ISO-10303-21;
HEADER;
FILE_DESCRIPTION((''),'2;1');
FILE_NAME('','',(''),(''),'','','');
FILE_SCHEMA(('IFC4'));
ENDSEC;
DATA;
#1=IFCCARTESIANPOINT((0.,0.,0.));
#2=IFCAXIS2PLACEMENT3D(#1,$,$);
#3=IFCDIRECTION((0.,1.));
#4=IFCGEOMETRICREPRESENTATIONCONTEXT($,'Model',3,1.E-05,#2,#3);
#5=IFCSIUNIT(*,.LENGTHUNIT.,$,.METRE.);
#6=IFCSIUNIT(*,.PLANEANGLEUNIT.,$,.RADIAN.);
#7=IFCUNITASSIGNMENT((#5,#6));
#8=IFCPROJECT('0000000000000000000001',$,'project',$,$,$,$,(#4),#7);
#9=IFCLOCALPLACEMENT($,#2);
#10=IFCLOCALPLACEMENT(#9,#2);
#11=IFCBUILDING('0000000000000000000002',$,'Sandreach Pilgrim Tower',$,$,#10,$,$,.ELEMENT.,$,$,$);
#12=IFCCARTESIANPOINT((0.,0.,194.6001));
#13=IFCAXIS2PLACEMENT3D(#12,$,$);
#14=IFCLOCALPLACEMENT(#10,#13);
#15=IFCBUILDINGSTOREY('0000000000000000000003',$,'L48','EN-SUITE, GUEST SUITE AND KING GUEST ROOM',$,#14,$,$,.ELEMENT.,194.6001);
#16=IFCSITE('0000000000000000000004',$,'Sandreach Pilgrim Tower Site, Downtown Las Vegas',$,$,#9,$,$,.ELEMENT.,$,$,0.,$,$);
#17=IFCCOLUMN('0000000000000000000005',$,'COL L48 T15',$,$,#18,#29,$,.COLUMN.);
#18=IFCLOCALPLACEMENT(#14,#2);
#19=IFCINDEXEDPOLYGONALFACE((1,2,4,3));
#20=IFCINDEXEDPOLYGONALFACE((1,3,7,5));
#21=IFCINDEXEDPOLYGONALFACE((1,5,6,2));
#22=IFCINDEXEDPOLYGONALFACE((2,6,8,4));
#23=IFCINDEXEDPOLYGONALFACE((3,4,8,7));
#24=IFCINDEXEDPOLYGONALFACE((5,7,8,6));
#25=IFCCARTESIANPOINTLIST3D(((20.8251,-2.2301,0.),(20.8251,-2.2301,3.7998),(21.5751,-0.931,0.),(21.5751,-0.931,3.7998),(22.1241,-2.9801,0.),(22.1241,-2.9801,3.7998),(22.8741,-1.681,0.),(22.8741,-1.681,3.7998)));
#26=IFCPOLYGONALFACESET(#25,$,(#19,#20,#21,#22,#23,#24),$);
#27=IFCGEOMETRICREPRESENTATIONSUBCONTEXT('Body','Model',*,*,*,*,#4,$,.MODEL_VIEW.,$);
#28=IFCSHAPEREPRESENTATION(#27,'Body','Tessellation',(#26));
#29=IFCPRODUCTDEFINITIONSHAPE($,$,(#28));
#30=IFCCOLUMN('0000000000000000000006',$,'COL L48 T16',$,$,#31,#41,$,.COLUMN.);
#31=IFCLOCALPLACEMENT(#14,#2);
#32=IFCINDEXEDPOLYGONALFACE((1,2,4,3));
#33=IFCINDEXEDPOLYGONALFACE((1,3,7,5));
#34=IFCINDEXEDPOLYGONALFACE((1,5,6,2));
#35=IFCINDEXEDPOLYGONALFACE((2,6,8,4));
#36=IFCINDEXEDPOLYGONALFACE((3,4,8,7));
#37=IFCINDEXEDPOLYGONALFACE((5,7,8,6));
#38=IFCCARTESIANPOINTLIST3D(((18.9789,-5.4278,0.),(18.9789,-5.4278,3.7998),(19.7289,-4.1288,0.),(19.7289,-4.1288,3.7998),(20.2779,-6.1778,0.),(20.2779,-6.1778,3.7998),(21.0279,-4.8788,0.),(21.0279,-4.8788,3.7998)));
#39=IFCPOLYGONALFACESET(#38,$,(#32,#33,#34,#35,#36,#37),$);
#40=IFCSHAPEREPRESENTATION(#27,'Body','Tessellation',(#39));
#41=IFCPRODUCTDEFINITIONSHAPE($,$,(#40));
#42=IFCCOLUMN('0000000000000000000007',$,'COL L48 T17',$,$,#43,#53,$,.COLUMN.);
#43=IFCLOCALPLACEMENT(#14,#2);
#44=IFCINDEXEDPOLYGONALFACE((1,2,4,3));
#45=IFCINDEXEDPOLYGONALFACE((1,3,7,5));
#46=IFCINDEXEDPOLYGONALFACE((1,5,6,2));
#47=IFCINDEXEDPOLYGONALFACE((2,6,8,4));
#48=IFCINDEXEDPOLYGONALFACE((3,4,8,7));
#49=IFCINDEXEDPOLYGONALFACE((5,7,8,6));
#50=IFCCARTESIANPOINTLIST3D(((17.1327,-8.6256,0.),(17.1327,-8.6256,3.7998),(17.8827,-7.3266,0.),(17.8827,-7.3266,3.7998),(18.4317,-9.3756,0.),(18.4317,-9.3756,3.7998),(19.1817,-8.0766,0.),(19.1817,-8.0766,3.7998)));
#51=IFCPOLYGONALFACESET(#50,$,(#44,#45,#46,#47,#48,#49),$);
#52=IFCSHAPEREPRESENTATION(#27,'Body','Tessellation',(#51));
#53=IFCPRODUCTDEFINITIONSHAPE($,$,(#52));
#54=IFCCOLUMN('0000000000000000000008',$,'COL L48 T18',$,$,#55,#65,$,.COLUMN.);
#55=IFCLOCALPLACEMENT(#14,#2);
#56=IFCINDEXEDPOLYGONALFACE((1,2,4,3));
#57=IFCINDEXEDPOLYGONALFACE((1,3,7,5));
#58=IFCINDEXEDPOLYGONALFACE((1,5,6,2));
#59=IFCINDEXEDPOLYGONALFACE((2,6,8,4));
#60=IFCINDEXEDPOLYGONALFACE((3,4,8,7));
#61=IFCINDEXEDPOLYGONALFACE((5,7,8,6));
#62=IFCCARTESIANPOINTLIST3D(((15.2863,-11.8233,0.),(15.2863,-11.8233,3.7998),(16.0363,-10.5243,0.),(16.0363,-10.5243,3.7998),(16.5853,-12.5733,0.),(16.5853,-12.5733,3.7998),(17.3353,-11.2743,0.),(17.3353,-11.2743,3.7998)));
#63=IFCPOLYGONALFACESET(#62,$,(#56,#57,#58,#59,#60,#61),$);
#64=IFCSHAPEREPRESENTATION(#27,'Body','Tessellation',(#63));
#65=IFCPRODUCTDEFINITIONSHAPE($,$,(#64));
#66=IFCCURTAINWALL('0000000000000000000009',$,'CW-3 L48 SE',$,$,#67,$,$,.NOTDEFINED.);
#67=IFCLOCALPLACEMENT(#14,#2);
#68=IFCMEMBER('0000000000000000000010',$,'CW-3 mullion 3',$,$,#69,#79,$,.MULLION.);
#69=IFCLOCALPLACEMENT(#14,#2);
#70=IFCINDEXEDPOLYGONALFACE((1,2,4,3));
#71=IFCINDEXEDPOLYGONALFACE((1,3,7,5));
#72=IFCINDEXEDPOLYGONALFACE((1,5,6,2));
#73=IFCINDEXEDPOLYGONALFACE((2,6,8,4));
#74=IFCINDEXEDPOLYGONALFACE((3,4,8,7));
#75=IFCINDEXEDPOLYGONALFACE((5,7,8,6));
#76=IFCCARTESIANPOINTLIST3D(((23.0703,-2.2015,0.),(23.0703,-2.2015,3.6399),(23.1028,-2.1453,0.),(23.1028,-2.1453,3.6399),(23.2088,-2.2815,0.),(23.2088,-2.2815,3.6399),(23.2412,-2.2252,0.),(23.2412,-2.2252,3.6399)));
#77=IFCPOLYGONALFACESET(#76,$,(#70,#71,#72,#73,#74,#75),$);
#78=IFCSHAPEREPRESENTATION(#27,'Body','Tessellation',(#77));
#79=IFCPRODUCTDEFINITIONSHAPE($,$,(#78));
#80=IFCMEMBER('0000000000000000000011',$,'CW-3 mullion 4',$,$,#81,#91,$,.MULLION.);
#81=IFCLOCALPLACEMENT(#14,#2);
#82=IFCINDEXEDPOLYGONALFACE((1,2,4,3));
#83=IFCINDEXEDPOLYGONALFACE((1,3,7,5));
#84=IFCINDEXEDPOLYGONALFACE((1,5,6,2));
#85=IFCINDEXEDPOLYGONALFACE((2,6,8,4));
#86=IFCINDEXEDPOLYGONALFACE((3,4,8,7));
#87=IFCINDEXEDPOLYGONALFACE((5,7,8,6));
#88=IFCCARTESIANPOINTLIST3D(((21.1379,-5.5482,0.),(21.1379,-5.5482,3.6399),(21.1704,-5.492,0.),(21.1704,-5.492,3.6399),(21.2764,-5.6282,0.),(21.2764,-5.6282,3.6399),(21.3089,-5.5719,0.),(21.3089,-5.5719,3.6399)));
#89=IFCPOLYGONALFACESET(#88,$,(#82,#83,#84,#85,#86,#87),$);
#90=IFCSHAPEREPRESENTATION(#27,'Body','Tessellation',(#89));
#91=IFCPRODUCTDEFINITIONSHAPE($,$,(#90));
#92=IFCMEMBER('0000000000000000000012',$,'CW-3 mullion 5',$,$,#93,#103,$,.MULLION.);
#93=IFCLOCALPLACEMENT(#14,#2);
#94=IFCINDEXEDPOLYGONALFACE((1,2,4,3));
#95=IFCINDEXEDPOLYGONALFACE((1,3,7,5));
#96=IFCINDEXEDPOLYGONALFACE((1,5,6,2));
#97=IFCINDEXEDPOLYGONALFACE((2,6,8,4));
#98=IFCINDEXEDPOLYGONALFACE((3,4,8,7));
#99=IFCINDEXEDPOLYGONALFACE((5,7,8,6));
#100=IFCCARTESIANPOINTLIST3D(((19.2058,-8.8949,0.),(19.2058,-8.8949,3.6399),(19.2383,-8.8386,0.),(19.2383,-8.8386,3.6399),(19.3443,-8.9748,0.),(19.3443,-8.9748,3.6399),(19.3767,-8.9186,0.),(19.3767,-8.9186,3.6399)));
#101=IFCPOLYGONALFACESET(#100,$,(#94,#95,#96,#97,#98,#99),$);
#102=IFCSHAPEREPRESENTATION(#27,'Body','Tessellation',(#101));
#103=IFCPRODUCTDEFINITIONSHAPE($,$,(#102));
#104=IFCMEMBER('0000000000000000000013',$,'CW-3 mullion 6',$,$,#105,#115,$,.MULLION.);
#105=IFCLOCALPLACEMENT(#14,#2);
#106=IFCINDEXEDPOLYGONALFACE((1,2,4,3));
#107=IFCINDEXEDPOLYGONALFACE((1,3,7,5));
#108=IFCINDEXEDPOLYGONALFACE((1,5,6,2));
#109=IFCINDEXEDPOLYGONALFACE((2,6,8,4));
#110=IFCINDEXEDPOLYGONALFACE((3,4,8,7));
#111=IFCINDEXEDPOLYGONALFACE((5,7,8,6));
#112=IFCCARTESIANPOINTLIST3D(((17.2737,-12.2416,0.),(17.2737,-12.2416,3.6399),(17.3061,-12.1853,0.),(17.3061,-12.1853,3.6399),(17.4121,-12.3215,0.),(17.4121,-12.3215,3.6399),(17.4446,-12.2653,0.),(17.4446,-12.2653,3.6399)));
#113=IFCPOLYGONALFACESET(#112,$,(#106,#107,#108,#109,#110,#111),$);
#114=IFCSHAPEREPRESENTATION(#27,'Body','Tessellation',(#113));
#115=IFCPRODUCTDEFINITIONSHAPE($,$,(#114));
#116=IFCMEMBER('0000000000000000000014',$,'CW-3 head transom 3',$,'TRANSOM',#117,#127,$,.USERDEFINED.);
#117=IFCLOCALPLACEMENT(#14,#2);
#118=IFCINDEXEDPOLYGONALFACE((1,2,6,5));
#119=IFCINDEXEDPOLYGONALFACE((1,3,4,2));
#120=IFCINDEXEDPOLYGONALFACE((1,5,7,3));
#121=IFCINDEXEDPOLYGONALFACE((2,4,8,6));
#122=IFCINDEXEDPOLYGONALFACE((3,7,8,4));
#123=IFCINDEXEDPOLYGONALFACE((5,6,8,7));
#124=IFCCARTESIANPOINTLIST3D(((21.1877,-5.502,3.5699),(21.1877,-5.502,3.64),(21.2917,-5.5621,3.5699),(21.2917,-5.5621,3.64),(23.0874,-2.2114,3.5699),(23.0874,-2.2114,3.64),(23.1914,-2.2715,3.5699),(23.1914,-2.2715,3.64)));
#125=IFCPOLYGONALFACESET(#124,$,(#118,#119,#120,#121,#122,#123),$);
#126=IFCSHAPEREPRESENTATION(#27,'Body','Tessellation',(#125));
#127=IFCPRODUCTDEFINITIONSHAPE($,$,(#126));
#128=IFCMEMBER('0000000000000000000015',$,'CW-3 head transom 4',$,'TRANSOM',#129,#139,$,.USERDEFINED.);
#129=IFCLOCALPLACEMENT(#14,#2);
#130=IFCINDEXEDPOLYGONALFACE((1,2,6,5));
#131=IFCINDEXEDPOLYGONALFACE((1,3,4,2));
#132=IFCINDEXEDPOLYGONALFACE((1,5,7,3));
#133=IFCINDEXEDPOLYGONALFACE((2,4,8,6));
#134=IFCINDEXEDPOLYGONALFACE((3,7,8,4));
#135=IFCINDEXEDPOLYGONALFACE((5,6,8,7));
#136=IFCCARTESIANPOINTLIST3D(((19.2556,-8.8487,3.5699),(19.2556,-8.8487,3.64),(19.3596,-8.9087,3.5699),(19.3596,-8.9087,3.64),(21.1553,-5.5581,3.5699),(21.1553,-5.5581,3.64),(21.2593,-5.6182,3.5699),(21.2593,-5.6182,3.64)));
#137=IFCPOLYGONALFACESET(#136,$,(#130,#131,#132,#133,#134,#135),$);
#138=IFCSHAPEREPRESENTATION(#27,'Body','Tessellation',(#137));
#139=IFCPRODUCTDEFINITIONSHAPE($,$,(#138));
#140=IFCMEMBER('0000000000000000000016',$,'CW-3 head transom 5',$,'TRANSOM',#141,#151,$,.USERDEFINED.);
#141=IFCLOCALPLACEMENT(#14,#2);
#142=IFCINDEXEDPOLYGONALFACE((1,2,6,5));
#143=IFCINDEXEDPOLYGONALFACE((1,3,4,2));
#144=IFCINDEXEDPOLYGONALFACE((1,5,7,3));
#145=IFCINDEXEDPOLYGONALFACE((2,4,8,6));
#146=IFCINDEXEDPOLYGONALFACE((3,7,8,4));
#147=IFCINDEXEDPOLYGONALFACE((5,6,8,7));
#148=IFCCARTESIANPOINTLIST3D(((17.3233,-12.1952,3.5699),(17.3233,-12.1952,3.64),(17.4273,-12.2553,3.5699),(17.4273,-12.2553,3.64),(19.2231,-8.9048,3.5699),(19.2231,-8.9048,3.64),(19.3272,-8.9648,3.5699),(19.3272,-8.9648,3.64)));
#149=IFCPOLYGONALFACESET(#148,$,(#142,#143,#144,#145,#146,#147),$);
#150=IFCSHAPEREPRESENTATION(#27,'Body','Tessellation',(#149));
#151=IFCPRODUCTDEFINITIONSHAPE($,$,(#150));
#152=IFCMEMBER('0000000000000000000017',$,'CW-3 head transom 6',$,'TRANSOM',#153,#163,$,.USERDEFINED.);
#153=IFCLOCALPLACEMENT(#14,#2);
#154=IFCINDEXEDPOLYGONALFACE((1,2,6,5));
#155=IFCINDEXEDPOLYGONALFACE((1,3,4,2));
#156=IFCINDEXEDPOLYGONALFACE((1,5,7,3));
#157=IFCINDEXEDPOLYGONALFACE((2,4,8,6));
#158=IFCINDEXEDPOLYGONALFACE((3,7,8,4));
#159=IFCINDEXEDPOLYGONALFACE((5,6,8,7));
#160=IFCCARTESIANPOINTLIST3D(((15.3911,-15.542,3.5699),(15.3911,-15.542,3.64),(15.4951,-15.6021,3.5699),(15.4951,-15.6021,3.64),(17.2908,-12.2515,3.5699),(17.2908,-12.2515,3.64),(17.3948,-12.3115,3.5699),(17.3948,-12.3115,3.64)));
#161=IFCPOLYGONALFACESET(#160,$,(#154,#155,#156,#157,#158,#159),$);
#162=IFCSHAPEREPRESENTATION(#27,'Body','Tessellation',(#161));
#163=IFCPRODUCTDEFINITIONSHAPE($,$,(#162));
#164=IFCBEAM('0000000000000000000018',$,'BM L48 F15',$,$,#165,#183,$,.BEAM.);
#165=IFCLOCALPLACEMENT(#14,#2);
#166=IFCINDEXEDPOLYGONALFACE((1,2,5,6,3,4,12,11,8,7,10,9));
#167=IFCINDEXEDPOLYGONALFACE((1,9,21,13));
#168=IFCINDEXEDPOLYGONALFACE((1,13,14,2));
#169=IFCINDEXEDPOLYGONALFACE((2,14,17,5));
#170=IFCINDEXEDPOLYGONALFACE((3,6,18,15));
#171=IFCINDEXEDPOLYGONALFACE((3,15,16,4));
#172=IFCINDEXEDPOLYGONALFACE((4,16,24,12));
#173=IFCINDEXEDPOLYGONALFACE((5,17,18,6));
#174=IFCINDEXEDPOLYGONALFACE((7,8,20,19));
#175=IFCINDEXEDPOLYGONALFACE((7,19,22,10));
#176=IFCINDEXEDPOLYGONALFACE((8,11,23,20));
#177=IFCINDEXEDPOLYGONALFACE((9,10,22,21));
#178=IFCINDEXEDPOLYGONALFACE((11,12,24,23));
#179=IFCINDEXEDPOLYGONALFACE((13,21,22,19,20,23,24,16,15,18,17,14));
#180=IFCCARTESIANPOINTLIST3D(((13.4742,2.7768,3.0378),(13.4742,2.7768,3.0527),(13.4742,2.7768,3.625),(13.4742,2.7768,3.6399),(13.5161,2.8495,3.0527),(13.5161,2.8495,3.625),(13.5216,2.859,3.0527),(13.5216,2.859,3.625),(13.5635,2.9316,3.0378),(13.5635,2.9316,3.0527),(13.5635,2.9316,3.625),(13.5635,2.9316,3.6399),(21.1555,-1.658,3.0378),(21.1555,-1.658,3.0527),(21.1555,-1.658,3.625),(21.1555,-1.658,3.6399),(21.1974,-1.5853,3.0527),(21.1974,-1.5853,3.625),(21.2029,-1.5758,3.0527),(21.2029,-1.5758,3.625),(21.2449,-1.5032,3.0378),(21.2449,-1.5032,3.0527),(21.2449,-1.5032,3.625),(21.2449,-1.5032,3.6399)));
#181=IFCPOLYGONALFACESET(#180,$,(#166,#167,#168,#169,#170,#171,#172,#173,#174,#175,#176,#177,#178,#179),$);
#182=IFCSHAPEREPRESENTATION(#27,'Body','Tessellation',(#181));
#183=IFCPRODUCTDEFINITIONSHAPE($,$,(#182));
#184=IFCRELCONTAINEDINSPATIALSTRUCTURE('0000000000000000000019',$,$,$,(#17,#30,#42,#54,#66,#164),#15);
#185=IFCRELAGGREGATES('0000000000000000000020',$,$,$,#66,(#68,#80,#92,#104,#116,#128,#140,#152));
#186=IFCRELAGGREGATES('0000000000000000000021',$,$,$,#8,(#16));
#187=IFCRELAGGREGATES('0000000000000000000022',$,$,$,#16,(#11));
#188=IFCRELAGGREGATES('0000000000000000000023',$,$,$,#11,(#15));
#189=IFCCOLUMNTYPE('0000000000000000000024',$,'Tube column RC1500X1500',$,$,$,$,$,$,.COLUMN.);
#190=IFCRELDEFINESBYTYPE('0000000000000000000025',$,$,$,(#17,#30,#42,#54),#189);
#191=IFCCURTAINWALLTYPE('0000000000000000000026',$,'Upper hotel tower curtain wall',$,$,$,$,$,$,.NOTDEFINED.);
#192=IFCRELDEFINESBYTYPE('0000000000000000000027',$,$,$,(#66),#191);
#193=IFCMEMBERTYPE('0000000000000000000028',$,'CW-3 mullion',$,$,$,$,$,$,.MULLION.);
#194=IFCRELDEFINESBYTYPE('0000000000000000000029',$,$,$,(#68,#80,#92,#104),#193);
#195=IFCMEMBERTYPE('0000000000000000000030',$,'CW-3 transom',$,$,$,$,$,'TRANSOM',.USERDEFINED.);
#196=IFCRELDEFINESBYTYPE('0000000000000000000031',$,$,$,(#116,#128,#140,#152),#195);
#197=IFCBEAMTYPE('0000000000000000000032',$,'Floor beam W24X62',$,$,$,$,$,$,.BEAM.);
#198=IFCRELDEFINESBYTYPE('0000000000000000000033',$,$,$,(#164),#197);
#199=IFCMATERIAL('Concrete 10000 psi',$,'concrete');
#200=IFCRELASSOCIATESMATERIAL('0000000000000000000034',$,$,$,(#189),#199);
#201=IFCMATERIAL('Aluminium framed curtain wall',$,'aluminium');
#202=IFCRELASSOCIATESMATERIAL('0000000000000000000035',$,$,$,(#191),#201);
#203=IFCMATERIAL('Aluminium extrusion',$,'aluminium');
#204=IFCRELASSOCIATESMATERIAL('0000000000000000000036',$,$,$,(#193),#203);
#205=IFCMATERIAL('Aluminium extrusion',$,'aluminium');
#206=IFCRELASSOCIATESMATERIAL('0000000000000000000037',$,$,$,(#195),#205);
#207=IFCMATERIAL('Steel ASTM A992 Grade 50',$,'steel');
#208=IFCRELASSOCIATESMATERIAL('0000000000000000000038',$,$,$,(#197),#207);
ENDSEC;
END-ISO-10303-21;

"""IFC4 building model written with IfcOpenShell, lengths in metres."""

from ifc_helpers import new_model, si_unit, direction, frame, origin, origin_2d, place, context, subcontext, project, spatial, rectangle, i_section, extrude, material, material_profile, profile_set, type_object, element, aggregate, save


model = new_model("IFC4")

# Units and contexts
model_context = context("Model", 3, precision=1e-05, world=origin(), true_north=direction((0.0, 1.0)))
body_context = subcontext(model_context, "Body", "Model", "MODEL_VIEW")
ifc_project = project(units=[si_unit("LENGTHUNIT", "METRE"), si_unit("PLANEANGLEUNIT", "RADIAN")], contexts=[model_context])

# Site, building, storey
site_placement = place(None, origin())
site = spatial("IfcSite", under=ifc_project, at=site_placement, Name="Sandreach Pilgrim Tower Site, Downtown Las Vegas", CompositionType="ELEMENT", RefElevation=0.0)
building_placement = place(site_placement, origin())
building = spatial("IfcBuilding", under=site, at=building_placement, Name="Sandreach Pilgrim Tower", CompositionType="ELEMENT")
storey_placement = place(building_placement, frame((0.0, 0.0, 194.6001)))
storey = spatial("IfcBuildingStorey", under=building, at=storey_placement, Name="L48", Description="EN-SUITE, GUEST SUITE AND KING GUEST ROOM", CompositionType="ELEMENT", Elevation=194.6001)

# Columns
ifc_material_1 = material(Name="Concrete 10000 psi", Category="concrete")
ifc_material_profile_1 = material_profile(ifc_material_1, rectangle(XDim=1.5, YDim=1.5, at=origin_2d()), Name="RC1500X1500")
ifc_profile_set_1 = profile_set([ifc_material_profile_1], Name="Concrete 10000 psi")
column_type = type_object("IfcColumnType", Name="Tube column RC1500X1500", PredefinedType="COLUMN", material=ifc_profile_set_1)
for number, where, z_axis, x_axis, name in (
    (1, (21.8496, -1.9556, 0.0), (0.0, 0.0, 1.0), (0.866025, -0.5, 0.0), "COL L48 T15"),
    (2, (20.0034, -5.1533, 0.0), (0.0, 0.0, 1.0), (0.866025, -0.5, 0.0), "COL L48 T16"),
    (3, (18.1572, -8.3511, 0.0), (0.0, 0.0, 1.0), (0.866025, -0.5, 0.0), "COL L48 T17"),
    (4, (16.3108, -11.5488, 0.0), (0.0, 0.0, 1.0), (0.866025, -0.5, 0.0), "COL L48 T18"),
):
    element("IfcColumn", number, at=place(storey_placement, frame(where, z_axis=z_axis, x_axis=x_axis)), inside=storey, type_object=column_type, Name=name, PredefinedType="COLUMN", context=body_context, shape_type="SweptSolid", body=[
        extrude(rectangle(XDim=1.5, YDim=1.5, at=origin_2d()), origin(), (0.0, 0.0, 1.0), 3.7998),
    ])

# Curtain wall, members
ifc_material_2 = material(Name="Aluminium framed curtain wall", Category="aluminium")
curtain_wall_type = type_object("IfcCurtainWallType", Name="Upper hotel tower curtain wall", PredefinedType="NOTDEFINED", material=ifc_material_2)
curtain_wall_placement = place(storey_placement, origin())
curtain_wall = element("IfcCurtainWall", 5, at=curtain_wall_placement, inside=storey, type_object=curtain_wall_type, Name="CW-3 L48 SE", PredefinedType="NOTDEFINED")
ifc_material_3 = material(Name="Aluminium extrusion", Category="aluminium")
ifc_material_profile_2 = material_profile(ifc_material_3, rectangle(XDim=0.0649, YDim=0.1599, at=origin_2d()), Name="CW-3M 65X160")
ifc_profile_set_2 = profile_set([ifc_material_profile_2], Name="Aluminium extrusion")
member_type_1 = type_object("IfcMemberType", Name="CW-3 mullion", PredefinedType="MULLION", material=ifc_profile_set_2)
member_1_placement = place(storey_placement, frame((23.1558, -2.2134, 0.0), z_axis=(0.0, 0.0, 1.0), x_axis=(-0.5, -0.866025, 0.0)))
member_1 = element("IfcMember", 6, at=member_1_placement, type_object=member_type_1, Name="CW-3 mullion 3", PredefinedType="MULLION", context=body_context, shape_type="SweptSolid", body=[
    extrude(rectangle(XDim=0.0649, YDim=0.1599, at=origin_2d()), origin(), (0.0, 0.0, 1.0), 3.6399),
])
member_2_placement = place(storey_placement, frame((21.2234, -5.5601, 0.0), z_axis=(0.0, 0.0, 1.0), x_axis=(-0.5, -0.866025, 0.0)))
member_2 = element("IfcMember", 7, at=member_2_placement, type_object=member_type_1, Name="CW-3 mullion 4", PredefinedType="MULLION", context=body_context, shape_type="SweptSolid", body=[
    extrude(rectangle(XDim=0.0649, YDim=0.1599, at=origin_2d()), origin(), (0.0, 0.0, 1.0), 3.6399),
])
member_3_placement = place(storey_placement, frame((19.2913, -8.9067, 0.0), z_axis=(0.0, 0.0, 1.0), x_axis=(-0.5, -0.866025, 0.0)))
member_3 = element("IfcMember", 8, at=member_3_placement, type_object=member_type_1, Name="CW-3 mullion 5", PredefinedType="MULLION", context=body_context, shape_type="SweptSolid", body=[
    extrude(rectangle(XDim=0.0649, YDim=0.1599, at=origin_2d()), origin(), (0.0, 0.0, 1.0), 3.6399),
])
member_4_placement = place(storey_placement, frame((17.3591, -12.2534, 0.0), z_axis=(0.0, 0.0, 1.0), x_axis=(-0.5, -0.866025, 0.0)))
member_4 = element("IfcMember", 9, at=member_4_placement, type_object=member_type_1, Name="CW-3 mullion 6", PredefinedType="MULLION", context=body_context, shape_type="SweptSolid", body=[
    extrude(rectangle(XDim=0.0649, YDim=0.1599, at=origin_2d()), origin(), (0.0, 0.0, 1.0), 3.6399),
])
ifc_material_4 = material(Name="Aluminium extrusion", Category="aluminium")
ifc_material_profile_3 = material_profile(ifc_material_4, rectangle(XDim=0.1201, YDim=0.0701, at=origin_2d()), Name="CW-3T 120X70")
ifc_profile_set_3 = profile_set([ifc_material_profile_3], Name="Aluminium extrusion")
member_type_2 = type_object("IfcMemberType", Name="CW-3 transom", ElementType="TRANSOM", PredefinedType="USERDEFINED", material=ifc_profile_set_3)
member_5_placement = place(storey_placement, frame((23.1394, -2.2415, 3.605), z_axis=(-0.499975, -0.86604, 0.0), x_axis=(0.86604, -0.499975, 0.0)))
member_5 = element("IfcMember", 10, at=member_5_placement, type_object=member_type_2, Name="CW-3 head transom 3", ObjectType="TRANSOM", PredefinedType="USERDEFINED", context=body_context, shape_type="SweptSolid", body=[
    extrude(rectangle(XDim=0.1201, YDim=0.0701, at=origin_2d()), origin(), (0.0, 0.0, 1.0), 3.7996),
])
member_6_placement = place(storey_placement, frame((21.2073, -5.5881, 3.605), z_axis=(-0.499975, -0.86604, 0.0), x_axis=(0.86604, -0.499975, 0.0)))
member_6 = element("IfcMember", 11, at=member_6_placement, type_object=member_type_2, Name="CW-3 head transom 4", ObjectType="TRANSOM", PredefinedType="USERDEFINED", context=body_context, shape_type="SweptSolid", body=[
    extrude(rectangle(XDim=0.1201, YDim=0.0701, at=origin_2d()), origin(), (0.0, 0.0, 1.0), 3.7996),
])
member_7_placement = place(storey_placement, frame((19.2751, -8.9348, 3.605), z_axis=(-0.500023, -0.866012, 0.0), x_axis=(0.866012, -0.500023, 0.0)))
member_7 = element("IfcMember", 12, at=member_7_placement, type_object=member_type_2, Name="CW-3 head transom 5", ObjectType="TRANSOM", PredefinedType="USERDEFINED", context=body_context, shape_type="SweptSolid", body=[
    extrude(rectangle(XDim=0.1201, YDim=0.0701, at=origin_2d()), origin(), (0.0, 0.0, 1.0), 3.7996),
])
member_8_placement = place(storey_placement, frame((17.3428, -12.2815, 3.605), z_axis=(-0.499975, -0.86604, 0.0), x_axis=(0.86604, -0.499975, 0.0)))
member_8 = element("IfcMember", 13, at=member_8_placement, type_object=member_type_2, Name="CW-3 head transom 6", ObjectType="TRANSOM", PredefinedType="USERDEFINED", context=body_context, shape_type="SweptSolid", body=[
    extrude(rectangle(XDim=0.1201, YDim=0.0701, at=origin_2d()), origin(), (0.0, 0.0, 1.0), 3.7996),
])

# Beam
ifc_material_5 = material(Name="Steel ASTM A992 Grade 50", Category="steel")
ifc_material_profile_4 = material_profile(ifc_material_5, i_section(OverallWidth=0.1787, OverallDepth=0.6021, WebThickness=0.011, FlangeThickness=0.0149, at=origin_2d()), Name="W24X62")
ifc_profile_set_4 = profile_set([ifc_material_profile_4], Name="Steel ASTM A992 Grade 50")
beam_type_1 = type_object("IfcBeamType", Name="Floor beam W24X62", PredefinedType="BEAM", material=ifc_profile_set_4)
beam_1_placement = place(storey_placement, frame((21.2002, -1.5806, 3.3389), z_axis=(-0.866027, 0.499996, 0.0), x_axis=(-0.499996, -0.866027, 0.0)))
element("IfcBeam", 14, at=beam_1_placement, inside=storey, type_object=beam_type_1, Name="BM L48 F15", PredefinedType="BEAM", context=body_context, shape_type="SweptSolid", body=[
    extrude(i_section(OverallWidth=0.1787, OverallDepth=0.6021, WebThickness=0.011, FlangeThickness=0.0149, at=origin_2d()), origin(), (0.0, 0.0, 1.0), 8.8696),
])

aggregate(curtain_wall, [member_1, member_2, member_3, member_4, member_5, member_6, member_7, member_8])

save(model, "model.ifc")
